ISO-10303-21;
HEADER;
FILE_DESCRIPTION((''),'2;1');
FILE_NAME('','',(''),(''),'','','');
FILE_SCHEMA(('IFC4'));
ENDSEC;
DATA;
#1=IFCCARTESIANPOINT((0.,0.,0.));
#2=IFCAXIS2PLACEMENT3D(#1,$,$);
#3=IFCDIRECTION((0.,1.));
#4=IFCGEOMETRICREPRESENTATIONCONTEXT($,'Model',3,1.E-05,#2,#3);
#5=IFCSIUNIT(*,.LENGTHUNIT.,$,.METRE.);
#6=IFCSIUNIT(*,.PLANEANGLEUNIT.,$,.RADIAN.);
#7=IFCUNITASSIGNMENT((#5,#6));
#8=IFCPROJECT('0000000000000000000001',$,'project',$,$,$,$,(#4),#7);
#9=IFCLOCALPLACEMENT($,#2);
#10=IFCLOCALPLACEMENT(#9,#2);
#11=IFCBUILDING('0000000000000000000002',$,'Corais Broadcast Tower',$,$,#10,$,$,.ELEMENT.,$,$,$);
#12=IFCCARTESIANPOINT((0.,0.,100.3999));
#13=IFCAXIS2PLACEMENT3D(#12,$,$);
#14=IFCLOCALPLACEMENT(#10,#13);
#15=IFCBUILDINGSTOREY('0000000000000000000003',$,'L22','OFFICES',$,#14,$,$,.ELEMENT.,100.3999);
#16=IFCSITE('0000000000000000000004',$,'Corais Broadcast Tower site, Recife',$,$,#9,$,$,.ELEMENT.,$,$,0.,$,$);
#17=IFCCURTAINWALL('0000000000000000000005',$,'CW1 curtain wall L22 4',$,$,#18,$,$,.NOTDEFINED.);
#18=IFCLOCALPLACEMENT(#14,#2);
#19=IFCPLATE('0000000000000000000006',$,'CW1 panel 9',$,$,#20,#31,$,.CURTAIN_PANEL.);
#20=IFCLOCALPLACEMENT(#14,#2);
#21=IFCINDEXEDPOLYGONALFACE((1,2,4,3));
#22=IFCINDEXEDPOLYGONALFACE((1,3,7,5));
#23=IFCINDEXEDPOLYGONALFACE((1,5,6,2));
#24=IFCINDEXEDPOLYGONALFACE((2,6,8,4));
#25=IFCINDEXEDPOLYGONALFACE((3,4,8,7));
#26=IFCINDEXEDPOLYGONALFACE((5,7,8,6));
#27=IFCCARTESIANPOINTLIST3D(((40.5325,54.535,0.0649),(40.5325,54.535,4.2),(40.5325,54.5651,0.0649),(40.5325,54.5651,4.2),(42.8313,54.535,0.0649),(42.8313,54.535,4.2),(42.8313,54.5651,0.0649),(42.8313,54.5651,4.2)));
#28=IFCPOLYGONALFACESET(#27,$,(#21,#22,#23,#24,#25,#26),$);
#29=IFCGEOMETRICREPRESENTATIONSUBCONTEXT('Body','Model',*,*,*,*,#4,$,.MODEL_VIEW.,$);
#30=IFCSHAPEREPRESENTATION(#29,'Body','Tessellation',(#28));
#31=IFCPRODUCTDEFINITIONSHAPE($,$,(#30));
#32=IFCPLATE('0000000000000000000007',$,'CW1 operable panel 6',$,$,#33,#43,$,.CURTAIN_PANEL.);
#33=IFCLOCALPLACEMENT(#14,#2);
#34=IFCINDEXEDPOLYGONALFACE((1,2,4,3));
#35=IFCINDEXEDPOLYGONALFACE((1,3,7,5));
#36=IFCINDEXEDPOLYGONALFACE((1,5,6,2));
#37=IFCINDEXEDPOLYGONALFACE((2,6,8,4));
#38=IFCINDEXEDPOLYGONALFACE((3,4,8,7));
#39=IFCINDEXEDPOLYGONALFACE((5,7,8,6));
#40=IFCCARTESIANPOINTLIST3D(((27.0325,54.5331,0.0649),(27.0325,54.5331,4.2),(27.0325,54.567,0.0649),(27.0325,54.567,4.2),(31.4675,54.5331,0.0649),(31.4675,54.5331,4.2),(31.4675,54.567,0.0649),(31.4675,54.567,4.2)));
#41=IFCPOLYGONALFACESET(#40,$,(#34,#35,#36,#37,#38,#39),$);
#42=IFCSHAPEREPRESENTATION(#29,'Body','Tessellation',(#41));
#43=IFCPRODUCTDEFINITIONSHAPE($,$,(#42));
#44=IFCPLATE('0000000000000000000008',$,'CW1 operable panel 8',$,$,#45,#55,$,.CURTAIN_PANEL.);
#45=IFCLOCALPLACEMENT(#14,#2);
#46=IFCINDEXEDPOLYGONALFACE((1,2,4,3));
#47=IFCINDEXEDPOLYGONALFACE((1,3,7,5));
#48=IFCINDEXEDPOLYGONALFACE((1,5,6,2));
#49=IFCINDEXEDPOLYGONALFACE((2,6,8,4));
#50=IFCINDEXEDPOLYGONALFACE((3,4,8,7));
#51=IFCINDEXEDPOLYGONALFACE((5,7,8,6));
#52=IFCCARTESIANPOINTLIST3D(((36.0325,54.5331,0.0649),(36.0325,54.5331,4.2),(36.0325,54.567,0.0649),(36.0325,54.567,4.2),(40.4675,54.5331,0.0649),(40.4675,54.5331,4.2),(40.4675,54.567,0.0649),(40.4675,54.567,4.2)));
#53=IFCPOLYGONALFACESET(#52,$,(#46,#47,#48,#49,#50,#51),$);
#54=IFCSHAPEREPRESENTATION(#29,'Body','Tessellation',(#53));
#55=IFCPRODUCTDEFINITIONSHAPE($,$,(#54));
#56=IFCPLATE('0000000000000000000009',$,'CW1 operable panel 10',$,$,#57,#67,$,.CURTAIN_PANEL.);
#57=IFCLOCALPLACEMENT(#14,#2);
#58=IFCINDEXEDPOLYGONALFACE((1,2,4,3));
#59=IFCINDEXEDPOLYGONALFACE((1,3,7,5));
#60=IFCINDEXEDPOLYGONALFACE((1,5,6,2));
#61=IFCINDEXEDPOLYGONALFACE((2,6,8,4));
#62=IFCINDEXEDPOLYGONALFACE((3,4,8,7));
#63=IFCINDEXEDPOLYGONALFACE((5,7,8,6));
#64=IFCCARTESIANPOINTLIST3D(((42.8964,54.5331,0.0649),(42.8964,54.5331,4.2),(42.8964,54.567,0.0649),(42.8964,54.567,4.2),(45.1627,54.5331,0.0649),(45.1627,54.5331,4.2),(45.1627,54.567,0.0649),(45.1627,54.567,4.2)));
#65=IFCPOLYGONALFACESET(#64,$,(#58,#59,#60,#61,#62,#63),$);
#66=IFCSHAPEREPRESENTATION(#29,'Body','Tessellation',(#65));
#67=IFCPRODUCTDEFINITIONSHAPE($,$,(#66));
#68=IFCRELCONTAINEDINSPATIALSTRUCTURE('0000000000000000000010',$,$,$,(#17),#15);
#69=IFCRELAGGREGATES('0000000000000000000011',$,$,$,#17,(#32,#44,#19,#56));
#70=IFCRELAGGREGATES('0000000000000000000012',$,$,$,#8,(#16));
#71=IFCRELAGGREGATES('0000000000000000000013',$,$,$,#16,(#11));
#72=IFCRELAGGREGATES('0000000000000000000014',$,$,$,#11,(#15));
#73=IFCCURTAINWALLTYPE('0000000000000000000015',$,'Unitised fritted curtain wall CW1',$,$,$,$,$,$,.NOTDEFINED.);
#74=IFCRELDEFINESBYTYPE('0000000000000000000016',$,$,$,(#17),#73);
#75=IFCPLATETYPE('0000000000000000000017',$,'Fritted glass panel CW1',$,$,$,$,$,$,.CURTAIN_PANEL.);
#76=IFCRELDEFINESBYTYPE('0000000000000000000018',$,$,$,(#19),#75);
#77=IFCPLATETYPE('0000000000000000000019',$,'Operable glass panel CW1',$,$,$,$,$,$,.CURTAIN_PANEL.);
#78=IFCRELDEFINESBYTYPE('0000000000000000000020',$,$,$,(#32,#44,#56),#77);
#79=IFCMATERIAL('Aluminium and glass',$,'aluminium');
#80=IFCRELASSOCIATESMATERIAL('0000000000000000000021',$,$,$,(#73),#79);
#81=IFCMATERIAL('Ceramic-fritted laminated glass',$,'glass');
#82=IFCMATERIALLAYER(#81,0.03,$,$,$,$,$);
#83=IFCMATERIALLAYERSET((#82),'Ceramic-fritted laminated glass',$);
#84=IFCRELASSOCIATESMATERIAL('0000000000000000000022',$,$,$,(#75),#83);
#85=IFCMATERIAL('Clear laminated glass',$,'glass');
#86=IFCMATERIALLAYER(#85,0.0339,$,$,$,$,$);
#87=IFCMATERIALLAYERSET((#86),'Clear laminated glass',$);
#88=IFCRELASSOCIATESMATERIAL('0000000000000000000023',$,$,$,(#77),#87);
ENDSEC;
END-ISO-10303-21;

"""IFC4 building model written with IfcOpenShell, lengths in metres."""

from ifc_helpers import new_model, si_unit, direction, frame, origin, origin_2d, place, context, subcontext, project, spatial, rectangle, extrude, material, layer, layer_set, type_object, element, aggregate, save


model = new_model("IFC4")

# Units and contexts
model_context = context("Model", 3, precision=1e-05, world=origin(), true_north=direction((0.0, 1.0)))
body_context = subcontext(model_context, "Body", "Model", "MODEL_VIEW")
ifc_project = project(units=[si_unit("LENGTHUNIT", "METRE"), si_unit("PLANEANGLEUNIT", "RADIAN")], contexts=[model_context])

# Site, building, storey
site_placement = place(None, origin())
site = spatial("IfcSite", under=ifc_project, at=site_placement, Name="Corais Broadcast Tower site, Recife", CompositionType="ELEMENT", RefElevation=0.0)
building_placement = place(site_placement, origin())
building = spatial("IfcBuilding", under=site, at=building_placement, Name="Corais Broadcast Tower", CompositionType="ELEMENT")
storey_placement = place(building_placement, frame((0.0, 0.0, 100.3999)))
storey = spatial("IfcBuildingStorey", under=building, at=storey_placement, Name="L22", Description="OFFICES", CompositionType="ELEMENT", Elevation=100.3999)

# Curtain wall
ifc_material_1 = material(Name="Aluminium and glass", Category="aluminium")
curtain_wall_type = type_object("IfcCurtainWallType", Name="Unitised fritted curtain wall CW1", PredefinedType="NOTDEFINED", material=ifc_material_1)
curtain_wall_placement = place(storey_placement, origin())
curtain_wall = element("IfcCurtainWall", 1, at=curtain_wall_placement, inside=storey, type_object=curtain_wall_type, Name="CW1 curtain wall L22 4", PredefinedType="NOTDEFINED")

# Plates
ifc_material_2 = material(Name="Ceramic-fritted laminated glass", Category="glass")
ifc_layer_1 = layer(ifc_material_2, 0.03)
ifc_layer_set_1 = layer_set([ifc_layer_1], Name="Ceramic-fritted laminated glass")
plate_type_1 = type_object("IfcPlateType", Name="Fritted glass panel CW1", PredefinedType="CURTAIN_PANEL", material=ifc_layer_set_1)
plate_1_placement = place(storey_placement, frame((41.6819, 54.55, 0.0649), z_axis=(0.0, 0.0, 1.0), x_axis=(1.0, 0.0, 0.0)))
plate_1 = element("IfcPlate", 2, at=plate_1_placement, type_object=plate_type_1, Name="CW1 panel 9", PredefinedType="CURTAIN_PANEL", context=body_context, shape_type="SweptSolid", body=[
    extrude(rectangle(XDim=2.2988, YDim=0.03, at=origin_2d()), origin(), (0.0, 0.0, 1.0), 4.135),
])
ifc_material_3 = material(Name="Clear laminated glass", Category="glass")
ifc_layer_2 = layer(ifc_material_3, 0.0339)
ifc_layer_set_2 = layer_set([ifc_layer_2], Name="Clear laminated glass")
plate_type_2 = type_object("IfcPlateType", Name="Operable glass panel CW1", PredefinedType="CURTAIN_PANEL", material=ifc_layer_set_2)
plate_2_placement = place(storey_placement, frame((29.25, 54.55, 0.0649), z_axis=(0.0, 0.0, 1.0), x_axis=(1.0, 0.0, 0.0)))
plate_2 = element("IfcPlate", 3, at=plate_2_placement, type_object=plate_type_2, Name="CW1 operable panel 6", PredefinedType="CURTAIN_PANEL", context=body_context, shape_type="SweptSolid", body=[
    extrude(rectangle(XDim=4.4351, YDim=0.0339, at=origin_2d()), origin(), (0.0, 0.0, 1.0), 4.135),
])
plate_3_placement = place(storey_placement, frame((38.25, 54.55, 0.0649), z_axis=(0.0, 0.0, 1.0), x_axis=(1.0, 0.0, 0.0)))
plate_3 = element("IfcPlate", 4, at=plate_3_placement, type_object=plate_type_2, Name="CW1 operable panel 8", PredefinedType="CURTAIN_PANEL", context=body_context, shape_type="SweptSolid", body=[
    extrude(rectangle(XDim=4.4351, YDim=0.0339, at=origin_2d()), origin(), (0.0, 0.0, 1.0), 4.135),
])
plate_4_placement = place(storey_placement, frame((44.0295, 54.55, 0.0649), z_axis=(0.0, 0.0, 1.0), x_axis=(1.0, 0.0, 0.0)))
plate_4 = element("IfcPlate", 5, at=plate_4_placement, type_object=plate_type_2, Name="CW1 operable panel 10", PredefinedType="CURTAIN_PANEL", context=body_context, shape_type="SweptSolid", body=[
    extrude(rectangle(XDim=2.2664, YDim=0.0339, at=origin_2d()), origin(), (0.0, 0.0, 1.0), 4.135),
])
aggregate(curtain_wall, [plate_2, plate_3, plate_1, plate_4])

save(model, "model.ifc")
